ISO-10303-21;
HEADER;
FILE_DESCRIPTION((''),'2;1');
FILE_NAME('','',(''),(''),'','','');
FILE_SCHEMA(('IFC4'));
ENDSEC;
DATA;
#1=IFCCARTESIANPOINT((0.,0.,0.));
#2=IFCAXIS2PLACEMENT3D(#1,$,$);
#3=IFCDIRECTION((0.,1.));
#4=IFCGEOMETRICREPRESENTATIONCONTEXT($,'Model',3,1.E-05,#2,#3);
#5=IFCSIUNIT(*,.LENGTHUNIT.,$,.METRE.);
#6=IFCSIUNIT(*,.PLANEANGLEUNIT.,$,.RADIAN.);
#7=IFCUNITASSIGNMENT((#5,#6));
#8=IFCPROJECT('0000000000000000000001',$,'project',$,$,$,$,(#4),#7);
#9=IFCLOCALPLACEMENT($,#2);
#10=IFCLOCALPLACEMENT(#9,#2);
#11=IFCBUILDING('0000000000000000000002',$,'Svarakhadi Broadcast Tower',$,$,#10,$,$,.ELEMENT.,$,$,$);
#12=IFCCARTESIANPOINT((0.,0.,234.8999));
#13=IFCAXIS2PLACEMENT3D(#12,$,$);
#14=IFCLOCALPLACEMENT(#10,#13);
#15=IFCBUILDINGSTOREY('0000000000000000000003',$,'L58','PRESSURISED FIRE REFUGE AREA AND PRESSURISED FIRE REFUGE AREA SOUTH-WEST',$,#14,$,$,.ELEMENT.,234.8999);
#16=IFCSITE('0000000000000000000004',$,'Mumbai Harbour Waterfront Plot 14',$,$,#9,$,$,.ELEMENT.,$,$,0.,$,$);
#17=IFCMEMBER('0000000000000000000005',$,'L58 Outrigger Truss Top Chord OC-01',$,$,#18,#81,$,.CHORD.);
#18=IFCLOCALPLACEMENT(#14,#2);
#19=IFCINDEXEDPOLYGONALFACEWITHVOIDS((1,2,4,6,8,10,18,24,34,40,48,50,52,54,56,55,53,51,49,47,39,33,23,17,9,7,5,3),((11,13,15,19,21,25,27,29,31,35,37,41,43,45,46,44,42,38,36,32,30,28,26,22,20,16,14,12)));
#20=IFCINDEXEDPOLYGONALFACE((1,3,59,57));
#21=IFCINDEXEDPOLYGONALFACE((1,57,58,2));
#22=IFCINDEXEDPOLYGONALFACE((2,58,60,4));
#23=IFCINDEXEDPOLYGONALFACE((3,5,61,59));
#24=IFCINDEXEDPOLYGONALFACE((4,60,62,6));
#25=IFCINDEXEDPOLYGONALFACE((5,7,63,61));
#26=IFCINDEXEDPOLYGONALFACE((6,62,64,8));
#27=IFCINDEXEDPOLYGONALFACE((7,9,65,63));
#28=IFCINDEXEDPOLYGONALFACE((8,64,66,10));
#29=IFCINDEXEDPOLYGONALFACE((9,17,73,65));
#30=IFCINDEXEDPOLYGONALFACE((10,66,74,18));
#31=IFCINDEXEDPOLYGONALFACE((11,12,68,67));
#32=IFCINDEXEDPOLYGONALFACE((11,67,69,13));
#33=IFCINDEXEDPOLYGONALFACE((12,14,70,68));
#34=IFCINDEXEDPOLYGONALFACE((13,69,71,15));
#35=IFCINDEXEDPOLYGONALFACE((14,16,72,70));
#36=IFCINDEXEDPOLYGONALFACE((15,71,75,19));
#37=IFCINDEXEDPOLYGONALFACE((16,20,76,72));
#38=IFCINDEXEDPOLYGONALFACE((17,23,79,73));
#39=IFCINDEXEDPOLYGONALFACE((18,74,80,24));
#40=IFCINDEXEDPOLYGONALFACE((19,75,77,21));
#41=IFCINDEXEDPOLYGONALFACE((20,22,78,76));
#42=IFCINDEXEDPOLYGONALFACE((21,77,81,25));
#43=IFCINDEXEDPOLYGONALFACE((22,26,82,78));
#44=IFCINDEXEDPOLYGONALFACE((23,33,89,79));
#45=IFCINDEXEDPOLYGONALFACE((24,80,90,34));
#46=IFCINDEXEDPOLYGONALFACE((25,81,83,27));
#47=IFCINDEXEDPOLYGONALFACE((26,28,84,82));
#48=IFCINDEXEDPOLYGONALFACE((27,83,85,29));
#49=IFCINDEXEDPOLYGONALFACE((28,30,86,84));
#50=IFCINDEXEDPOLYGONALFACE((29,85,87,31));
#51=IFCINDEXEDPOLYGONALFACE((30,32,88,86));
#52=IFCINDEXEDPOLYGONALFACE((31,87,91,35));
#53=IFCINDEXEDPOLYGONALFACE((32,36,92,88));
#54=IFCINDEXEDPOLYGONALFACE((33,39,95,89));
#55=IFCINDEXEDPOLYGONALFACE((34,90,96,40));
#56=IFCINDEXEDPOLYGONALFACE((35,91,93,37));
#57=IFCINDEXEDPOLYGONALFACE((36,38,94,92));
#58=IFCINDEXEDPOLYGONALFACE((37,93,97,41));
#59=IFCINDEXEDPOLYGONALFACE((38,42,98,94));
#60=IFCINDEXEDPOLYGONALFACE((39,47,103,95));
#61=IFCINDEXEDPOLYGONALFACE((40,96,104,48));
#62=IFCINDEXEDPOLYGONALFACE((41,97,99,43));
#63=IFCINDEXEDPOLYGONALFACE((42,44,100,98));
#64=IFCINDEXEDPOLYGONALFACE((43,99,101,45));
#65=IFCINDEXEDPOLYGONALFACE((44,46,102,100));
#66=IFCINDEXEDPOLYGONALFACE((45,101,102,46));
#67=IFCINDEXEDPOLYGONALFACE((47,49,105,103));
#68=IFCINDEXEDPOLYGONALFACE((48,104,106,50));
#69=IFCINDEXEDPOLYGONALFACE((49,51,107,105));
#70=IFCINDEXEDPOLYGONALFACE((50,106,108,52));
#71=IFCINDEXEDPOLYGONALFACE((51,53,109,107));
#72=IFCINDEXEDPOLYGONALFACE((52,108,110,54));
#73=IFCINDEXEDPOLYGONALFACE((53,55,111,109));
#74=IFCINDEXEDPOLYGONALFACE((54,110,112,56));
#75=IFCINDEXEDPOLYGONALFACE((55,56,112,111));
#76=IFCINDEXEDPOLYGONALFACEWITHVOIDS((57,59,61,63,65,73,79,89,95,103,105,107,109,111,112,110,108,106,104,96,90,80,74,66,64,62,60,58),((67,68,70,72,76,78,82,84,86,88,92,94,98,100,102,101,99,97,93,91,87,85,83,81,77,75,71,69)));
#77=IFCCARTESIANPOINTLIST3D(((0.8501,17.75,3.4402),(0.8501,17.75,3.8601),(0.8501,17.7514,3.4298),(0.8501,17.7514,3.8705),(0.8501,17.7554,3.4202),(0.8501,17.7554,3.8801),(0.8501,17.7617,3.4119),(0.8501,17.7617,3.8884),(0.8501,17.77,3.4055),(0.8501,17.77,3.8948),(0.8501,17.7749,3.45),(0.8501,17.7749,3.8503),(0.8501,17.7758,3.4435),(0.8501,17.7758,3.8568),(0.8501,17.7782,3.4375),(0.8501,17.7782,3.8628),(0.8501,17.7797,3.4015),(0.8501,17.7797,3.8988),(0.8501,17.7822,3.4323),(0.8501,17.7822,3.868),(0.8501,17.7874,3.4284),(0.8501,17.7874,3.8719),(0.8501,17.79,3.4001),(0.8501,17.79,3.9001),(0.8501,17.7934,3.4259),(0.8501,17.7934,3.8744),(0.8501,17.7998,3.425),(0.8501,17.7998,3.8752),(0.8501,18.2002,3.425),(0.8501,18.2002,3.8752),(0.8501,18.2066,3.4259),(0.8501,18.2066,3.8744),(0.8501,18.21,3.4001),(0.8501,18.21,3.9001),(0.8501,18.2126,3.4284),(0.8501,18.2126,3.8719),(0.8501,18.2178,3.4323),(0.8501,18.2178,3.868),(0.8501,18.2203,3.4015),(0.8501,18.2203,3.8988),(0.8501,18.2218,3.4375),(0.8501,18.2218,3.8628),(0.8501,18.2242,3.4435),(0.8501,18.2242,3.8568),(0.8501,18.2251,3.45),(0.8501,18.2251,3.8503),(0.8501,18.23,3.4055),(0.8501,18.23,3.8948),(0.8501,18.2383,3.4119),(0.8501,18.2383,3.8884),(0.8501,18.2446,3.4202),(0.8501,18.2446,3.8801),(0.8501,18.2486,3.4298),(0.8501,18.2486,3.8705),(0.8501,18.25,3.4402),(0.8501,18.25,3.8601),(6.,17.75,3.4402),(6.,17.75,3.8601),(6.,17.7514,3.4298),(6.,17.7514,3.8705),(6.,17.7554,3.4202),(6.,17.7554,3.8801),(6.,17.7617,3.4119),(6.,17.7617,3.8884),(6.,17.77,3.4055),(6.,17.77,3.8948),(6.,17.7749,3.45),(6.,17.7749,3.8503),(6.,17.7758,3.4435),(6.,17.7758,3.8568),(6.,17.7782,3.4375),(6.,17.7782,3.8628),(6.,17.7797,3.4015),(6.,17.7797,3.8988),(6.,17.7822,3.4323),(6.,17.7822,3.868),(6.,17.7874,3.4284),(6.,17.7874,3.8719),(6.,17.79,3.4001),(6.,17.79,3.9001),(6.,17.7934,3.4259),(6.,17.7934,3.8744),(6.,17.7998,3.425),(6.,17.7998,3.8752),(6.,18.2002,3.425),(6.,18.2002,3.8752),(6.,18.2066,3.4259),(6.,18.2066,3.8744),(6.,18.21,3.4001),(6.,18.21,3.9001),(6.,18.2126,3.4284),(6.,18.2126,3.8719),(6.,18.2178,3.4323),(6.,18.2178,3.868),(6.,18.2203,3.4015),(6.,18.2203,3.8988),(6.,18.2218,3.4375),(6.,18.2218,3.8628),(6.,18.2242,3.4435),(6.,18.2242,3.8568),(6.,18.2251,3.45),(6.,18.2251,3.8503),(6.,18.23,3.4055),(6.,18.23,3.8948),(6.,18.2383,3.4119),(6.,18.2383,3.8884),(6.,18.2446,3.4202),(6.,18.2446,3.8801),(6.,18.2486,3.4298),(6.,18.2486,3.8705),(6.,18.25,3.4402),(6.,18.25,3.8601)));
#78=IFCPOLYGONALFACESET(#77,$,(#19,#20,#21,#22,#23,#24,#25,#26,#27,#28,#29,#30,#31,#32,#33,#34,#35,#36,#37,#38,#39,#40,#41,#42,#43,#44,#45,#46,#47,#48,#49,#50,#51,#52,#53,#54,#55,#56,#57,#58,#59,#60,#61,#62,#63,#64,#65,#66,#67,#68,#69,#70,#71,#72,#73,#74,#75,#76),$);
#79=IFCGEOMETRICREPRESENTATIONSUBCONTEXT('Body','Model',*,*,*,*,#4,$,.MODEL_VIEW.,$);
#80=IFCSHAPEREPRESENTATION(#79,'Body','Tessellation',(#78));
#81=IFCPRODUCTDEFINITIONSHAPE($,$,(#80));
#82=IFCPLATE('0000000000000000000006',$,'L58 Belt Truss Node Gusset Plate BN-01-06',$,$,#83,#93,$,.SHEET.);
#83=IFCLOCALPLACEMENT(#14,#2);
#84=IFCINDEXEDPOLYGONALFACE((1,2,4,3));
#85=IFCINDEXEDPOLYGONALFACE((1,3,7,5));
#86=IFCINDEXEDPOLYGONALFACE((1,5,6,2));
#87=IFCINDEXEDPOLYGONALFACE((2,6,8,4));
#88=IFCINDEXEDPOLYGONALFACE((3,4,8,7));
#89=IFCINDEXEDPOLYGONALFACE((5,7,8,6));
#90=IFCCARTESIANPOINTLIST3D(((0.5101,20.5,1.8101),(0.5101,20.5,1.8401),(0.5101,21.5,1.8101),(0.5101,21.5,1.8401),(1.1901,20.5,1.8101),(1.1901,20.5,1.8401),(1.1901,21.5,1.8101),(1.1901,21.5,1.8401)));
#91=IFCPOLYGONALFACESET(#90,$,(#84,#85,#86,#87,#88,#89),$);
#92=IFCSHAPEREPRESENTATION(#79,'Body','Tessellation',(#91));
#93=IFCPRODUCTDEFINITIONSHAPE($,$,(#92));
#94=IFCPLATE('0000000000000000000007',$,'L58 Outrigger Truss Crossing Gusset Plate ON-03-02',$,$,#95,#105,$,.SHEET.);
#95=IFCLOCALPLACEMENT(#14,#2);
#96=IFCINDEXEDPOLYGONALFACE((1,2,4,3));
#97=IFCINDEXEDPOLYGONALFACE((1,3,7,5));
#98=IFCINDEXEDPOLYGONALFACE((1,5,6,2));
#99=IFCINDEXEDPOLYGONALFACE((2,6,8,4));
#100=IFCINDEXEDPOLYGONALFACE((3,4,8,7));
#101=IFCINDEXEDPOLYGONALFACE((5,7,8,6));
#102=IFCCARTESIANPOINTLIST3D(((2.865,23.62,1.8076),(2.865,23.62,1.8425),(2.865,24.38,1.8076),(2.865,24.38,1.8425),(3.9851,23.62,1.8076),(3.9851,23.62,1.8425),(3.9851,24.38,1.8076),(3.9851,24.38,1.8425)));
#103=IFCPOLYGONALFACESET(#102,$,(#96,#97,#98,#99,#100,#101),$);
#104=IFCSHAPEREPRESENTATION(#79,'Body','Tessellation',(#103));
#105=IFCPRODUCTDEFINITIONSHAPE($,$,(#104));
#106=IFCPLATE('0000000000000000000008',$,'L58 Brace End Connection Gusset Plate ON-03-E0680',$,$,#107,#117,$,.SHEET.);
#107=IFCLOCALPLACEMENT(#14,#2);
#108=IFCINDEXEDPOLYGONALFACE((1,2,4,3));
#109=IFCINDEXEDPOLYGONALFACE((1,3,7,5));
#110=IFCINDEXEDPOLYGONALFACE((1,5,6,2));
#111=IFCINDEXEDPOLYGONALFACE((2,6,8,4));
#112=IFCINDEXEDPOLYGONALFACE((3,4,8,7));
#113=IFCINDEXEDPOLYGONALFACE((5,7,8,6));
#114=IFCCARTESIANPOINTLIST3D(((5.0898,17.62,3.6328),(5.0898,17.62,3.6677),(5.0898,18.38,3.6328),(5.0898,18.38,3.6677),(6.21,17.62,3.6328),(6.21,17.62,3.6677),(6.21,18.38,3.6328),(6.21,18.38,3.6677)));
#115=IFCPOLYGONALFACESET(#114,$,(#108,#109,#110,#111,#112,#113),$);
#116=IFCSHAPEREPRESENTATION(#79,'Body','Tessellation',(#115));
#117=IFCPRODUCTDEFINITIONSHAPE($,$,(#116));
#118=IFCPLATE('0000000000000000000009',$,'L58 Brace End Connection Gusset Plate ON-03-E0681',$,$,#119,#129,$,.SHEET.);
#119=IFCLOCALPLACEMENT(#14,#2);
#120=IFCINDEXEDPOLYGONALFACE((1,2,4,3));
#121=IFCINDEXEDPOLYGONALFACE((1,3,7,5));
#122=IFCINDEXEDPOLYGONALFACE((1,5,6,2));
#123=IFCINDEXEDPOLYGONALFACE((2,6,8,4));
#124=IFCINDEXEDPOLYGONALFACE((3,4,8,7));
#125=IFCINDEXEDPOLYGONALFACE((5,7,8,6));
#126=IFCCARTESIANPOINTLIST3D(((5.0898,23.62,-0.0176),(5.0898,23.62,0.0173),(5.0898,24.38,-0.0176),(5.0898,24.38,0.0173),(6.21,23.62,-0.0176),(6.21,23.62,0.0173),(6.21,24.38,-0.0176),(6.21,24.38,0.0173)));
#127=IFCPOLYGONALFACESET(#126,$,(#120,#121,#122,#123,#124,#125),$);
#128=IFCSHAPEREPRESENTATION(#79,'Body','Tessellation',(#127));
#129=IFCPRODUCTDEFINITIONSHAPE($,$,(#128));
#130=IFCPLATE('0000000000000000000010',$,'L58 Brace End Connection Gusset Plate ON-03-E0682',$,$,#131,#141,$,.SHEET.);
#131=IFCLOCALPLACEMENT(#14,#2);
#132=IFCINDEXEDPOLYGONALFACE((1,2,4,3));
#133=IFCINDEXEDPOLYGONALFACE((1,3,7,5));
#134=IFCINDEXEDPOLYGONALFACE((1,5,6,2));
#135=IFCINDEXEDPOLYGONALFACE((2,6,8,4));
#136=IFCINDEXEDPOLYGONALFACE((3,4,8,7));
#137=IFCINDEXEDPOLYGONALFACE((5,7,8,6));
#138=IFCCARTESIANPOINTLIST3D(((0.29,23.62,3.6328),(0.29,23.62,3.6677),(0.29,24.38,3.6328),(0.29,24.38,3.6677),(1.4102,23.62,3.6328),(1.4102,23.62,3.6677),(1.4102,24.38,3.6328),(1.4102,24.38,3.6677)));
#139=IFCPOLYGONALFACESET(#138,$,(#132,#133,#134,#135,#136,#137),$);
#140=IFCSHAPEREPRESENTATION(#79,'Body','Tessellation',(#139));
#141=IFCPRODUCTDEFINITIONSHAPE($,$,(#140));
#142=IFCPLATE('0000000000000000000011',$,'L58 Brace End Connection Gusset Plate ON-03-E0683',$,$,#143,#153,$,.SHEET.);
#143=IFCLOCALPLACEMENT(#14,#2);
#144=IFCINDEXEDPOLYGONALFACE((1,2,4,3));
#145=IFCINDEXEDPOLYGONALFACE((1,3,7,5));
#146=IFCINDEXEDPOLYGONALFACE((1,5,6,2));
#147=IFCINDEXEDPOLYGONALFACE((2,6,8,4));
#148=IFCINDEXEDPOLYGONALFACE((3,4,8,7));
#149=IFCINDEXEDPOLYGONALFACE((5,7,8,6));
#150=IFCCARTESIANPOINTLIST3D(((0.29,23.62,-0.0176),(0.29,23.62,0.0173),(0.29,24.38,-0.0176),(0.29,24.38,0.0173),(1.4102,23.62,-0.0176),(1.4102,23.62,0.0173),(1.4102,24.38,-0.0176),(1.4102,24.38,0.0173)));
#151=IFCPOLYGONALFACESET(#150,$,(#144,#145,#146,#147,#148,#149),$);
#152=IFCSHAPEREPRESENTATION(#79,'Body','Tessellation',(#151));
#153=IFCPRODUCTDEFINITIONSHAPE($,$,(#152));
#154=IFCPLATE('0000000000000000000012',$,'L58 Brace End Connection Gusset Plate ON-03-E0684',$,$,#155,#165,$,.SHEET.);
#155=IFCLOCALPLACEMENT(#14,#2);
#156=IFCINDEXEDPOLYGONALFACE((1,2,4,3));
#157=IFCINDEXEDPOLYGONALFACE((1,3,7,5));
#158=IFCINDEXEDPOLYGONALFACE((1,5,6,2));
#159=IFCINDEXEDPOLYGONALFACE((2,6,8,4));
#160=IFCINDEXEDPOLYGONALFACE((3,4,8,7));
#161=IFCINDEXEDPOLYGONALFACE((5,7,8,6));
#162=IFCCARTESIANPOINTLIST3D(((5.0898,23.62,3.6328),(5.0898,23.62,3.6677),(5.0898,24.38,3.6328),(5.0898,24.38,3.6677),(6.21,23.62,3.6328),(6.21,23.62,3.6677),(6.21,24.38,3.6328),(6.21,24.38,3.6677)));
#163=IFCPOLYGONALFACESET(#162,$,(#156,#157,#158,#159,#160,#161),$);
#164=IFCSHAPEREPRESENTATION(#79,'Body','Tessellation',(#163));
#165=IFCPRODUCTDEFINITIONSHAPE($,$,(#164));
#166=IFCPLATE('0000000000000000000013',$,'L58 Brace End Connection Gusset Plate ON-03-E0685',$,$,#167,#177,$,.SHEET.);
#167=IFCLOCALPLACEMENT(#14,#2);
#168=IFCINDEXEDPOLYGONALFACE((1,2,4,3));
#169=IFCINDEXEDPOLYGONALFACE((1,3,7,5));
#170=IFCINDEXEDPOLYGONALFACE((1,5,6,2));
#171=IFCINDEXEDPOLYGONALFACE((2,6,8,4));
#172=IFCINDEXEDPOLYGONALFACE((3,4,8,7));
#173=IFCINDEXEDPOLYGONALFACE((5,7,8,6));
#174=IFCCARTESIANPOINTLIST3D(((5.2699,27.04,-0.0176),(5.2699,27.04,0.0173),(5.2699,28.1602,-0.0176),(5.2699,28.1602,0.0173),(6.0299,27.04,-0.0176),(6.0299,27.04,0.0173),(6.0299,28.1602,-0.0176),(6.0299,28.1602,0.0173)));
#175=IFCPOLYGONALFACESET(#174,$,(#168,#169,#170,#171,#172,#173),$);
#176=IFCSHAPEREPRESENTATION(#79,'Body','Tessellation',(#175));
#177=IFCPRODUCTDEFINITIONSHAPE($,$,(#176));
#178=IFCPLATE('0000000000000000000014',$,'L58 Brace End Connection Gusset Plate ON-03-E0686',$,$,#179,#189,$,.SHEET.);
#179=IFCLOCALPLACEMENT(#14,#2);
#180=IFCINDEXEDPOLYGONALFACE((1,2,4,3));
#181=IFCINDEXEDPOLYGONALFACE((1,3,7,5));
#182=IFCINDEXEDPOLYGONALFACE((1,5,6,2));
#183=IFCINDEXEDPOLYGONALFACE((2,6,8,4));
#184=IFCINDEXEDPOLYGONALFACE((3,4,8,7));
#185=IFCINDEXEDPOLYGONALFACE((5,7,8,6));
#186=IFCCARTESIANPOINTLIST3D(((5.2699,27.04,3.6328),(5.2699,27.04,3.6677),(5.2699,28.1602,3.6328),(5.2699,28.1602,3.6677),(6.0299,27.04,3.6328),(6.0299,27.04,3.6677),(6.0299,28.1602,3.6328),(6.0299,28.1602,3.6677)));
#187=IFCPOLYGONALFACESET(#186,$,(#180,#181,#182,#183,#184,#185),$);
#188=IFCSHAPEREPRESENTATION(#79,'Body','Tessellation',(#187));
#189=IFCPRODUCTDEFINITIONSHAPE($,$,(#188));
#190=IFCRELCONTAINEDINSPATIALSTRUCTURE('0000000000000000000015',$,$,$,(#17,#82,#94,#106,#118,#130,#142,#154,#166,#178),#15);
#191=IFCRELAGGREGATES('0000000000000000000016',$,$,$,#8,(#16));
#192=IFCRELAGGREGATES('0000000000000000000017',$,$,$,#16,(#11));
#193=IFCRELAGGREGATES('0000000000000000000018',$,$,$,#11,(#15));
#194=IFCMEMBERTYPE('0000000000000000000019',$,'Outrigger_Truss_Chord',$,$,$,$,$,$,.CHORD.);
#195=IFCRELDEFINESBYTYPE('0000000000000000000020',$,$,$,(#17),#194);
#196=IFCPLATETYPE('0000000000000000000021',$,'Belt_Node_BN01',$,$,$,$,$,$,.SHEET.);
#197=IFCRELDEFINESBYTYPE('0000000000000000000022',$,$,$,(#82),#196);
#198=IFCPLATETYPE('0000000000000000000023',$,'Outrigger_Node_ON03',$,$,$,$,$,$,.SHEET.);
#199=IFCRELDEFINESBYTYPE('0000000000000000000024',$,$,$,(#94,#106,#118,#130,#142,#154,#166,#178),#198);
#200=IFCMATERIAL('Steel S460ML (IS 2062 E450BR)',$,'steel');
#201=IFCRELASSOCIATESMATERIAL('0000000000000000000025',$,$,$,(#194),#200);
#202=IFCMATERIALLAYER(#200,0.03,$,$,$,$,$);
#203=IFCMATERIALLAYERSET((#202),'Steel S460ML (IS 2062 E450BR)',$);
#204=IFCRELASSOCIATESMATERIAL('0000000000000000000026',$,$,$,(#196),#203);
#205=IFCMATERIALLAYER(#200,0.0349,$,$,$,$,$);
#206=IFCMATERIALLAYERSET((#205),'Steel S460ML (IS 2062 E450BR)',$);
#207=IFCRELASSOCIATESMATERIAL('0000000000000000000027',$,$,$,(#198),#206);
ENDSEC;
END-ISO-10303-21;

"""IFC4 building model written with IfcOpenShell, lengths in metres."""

from ifc_helpers import new_model, si_unit, direction, frame, origin, origin_2d, place, context, subcontext, project, spatial, rectangle, hollow_rectangle, extrude, material, layer, layer_set, material_profile, profile_set, type_object, element, save


model = new_model("IFC4")

# Units and contexts
model_context = context("Model", 3, precision=1e-05, world=origin(), true_north=direction((0.0, 1.0)))
body_context = subcontext(model_context, "Body", "Model", "MODEL_VIEW")
ifc_project = project(units=[si_unit("LENGTHUNIT", "METRE"), si_unit("PLANEANGLEUNIT", "RADIAN")], contexts=[model_context])

# Site, building, storey
site_placement = place(None, origin())
site = spatial("IfcSite", under=ifc_project, at=site_placement, Name="Mumbai Harbour Waterfront Plot 14", CompositionType="ELEMENT", RefElevation=0.0)
building_placement = place(site_placement, origin())
building = spatial("IfcBuilding", under=site, at=building_placement, Name="Svarakhadi Broadcast Tower", CompositionType="ELEMENT")
storey_placement = place(building_placement, frame((0.0, 0.0, 234.8999)))
storey = spatial("IfcBuildingStorey", under=building, at=storey_placement, Name="L58", Description="PRESSURISED FIRE REFUGE AREA AND PRESSURISED FIRE REFUGE AREA SOUTH-WEST", CompositionType="ELEMENT", Elevation=234.8999)

# Shared definitions
ifc_material_1 = material(Name="Steel S460ML (IS 2062 E450BR)", Category="steel")

# Member
ifc_material_profile_1 = material_profile(ifc_material_1, hollow_rectangle(XDim=0.5, YDim=0.5, WallThickness=0.0249, InnerFilletRadius=0.0249, OuterFilletRadius=0.04, at=origin_2d()), Name="SHS 500x500x25")
ifc_profile_set_1 = profile_set([ifc_material_profile_1], Name="Steel S460ML (IS 2062 E450BR)")
member_type_1 = type_object("IfcMemberType", Name="Outrigger_Truss_Chord", PredefinedType="CHORD", material=ifc_profile_set_1)
member_placement = place(storey_placement, frame((6.0, 18.0, 3.6501), z_axis=(-1.0, 0.0, 0.0), x_axis=(0.0, -1.0, 0.0)))
element("IfcMember", 1, at=member_placement, inside=storey, type_object=member_type_1, Name="L58 Outrigger Truss Top Chord OC-01", PredefinedType="CHORD", context=body_context, shape_type="SweptSolid", body=[
    extrude(hollow_rectangle(XDim=0.5, YDim=0.5, WallThickness=0.0249, InnerFilletRadius=0.0249, OuterFilletRadius=0.04, at=origin_2d()), origin(), (0.0, 0.0, 1.0), 5.1499),
])

# Plates
ifc_layer_1 = layer(ifc_material_1, 0.03)
ifc_layer_set_1 = layer_set([ifc_layer_1], Name="Steel S460ML (IS 2062 E450BR)")
plate_type_1 = type_object("IfcPlateType", Name="Belt_Node_BN01", PredefinedType="SHEET", material=ifc_layer_set_1)
plate_placement = place(storey_placement, frame((0.8501, 21.0, 1.8101), z_axis=(0.0, 0.0, 1.0), x_axis=(0.0, 1.0, 0.0)))
element("IfcPlate", 2, at=plate_placement, inside=storey, type_object=plate_type_1, Name="L58 Belt Truss Node Gusset Plate BN-01-06", PredefinedType="SHEET", context=body_context, shape_type="SweptSolid", body=[
    extrude(rectangle(XDim=1.0, YDim=0.6799, at=origin_2d()), origin(), (0.0, 0.0, 1.0), 0.03),
])
ifc_layer_2 = layer(ifc_material_1, 0.0349)
ifc_layer_set_2 = layer_set([ifc_layer_2], Name="Steel S460ML (IS 2062 E450BR)")
plate_type_2 = type_object("IfcPlateType", Name="Outrigger_Node_ON03", PredefinedType="SHEET", material=ifc_layer_set_2)
for number, where, z_axis, x_axis, name in (
    (3, (3.425, 24.0, 1.8076), (0.0, 0.0, 1.0), (1.0, 0.0, 0.0), "L58 Outrigger Truss Crossing Gusset Plate ON-03-02"),
    (4, (5.6499, 18.0, 3.6328), (0.0, 0.0, 1.0), (1.0, 0.0, 0.0), "L58 Brace End Connection Gusset Plate ON-03-E0680"),
    (5, (5.6499, 24.0, -0.0176), (0.0, 0.0, 1.0), (1.0, 0.0, 0.0), "L58 Brace End Connection Gusset Plate ON-03-E0681"),
    (6, (0.8501, 24.0, 3.6328), (0.0, 0.0, 1.0), (1.0, 0.0, 0.0), "L58 Brace End Connection Gusset Plate ON-03-E0682"),
    (7, (0.8501, 24.0, -0.0176), (0.0, 0.0, 1.0), (1.0, 0.0, 0.0), "L58 Brace End Connection Gusset Plate ON-03-E0683"),
    (8, (5.6499, 24.0, 3.6328), (0.0, 0.0, 1.0), (1.0, 0.0, 0.0), "L58 Brace End Connection Gusset Plate ON-03-E0684"),
    (9, (5.6499, 27.6001, -0.0176), (0.0, 0.0, 1.0), (0.0, 1.0, 0.0), "L58 Brace End Connection Gusset Plate ON-03-E0685"),
    (10, (5.6499, 27.6001, 3.6328), (0.0, 0.0, 1.0), (0.0, 1.0, 0.0), "L58 Brace End Connection Gusset Plate ON-03-E0686"),
):
    element("IfcPlate", number, at=place(storey_placement, frame(where, z_axis=z_axis, x_axis=x_axis)), inside=storey, type_object=plate_type_2, Name=name, PredefinedType="SHEET", context=body_context, shape_type="SweptSolid", body=[
        extrude(rectangle(XDim=1.1201, YDim=0.76, at=origin_2d()), origin(), (0.0, 0.0, 1.0), 0.0349),
    ])

save(model, "model.ifc")
